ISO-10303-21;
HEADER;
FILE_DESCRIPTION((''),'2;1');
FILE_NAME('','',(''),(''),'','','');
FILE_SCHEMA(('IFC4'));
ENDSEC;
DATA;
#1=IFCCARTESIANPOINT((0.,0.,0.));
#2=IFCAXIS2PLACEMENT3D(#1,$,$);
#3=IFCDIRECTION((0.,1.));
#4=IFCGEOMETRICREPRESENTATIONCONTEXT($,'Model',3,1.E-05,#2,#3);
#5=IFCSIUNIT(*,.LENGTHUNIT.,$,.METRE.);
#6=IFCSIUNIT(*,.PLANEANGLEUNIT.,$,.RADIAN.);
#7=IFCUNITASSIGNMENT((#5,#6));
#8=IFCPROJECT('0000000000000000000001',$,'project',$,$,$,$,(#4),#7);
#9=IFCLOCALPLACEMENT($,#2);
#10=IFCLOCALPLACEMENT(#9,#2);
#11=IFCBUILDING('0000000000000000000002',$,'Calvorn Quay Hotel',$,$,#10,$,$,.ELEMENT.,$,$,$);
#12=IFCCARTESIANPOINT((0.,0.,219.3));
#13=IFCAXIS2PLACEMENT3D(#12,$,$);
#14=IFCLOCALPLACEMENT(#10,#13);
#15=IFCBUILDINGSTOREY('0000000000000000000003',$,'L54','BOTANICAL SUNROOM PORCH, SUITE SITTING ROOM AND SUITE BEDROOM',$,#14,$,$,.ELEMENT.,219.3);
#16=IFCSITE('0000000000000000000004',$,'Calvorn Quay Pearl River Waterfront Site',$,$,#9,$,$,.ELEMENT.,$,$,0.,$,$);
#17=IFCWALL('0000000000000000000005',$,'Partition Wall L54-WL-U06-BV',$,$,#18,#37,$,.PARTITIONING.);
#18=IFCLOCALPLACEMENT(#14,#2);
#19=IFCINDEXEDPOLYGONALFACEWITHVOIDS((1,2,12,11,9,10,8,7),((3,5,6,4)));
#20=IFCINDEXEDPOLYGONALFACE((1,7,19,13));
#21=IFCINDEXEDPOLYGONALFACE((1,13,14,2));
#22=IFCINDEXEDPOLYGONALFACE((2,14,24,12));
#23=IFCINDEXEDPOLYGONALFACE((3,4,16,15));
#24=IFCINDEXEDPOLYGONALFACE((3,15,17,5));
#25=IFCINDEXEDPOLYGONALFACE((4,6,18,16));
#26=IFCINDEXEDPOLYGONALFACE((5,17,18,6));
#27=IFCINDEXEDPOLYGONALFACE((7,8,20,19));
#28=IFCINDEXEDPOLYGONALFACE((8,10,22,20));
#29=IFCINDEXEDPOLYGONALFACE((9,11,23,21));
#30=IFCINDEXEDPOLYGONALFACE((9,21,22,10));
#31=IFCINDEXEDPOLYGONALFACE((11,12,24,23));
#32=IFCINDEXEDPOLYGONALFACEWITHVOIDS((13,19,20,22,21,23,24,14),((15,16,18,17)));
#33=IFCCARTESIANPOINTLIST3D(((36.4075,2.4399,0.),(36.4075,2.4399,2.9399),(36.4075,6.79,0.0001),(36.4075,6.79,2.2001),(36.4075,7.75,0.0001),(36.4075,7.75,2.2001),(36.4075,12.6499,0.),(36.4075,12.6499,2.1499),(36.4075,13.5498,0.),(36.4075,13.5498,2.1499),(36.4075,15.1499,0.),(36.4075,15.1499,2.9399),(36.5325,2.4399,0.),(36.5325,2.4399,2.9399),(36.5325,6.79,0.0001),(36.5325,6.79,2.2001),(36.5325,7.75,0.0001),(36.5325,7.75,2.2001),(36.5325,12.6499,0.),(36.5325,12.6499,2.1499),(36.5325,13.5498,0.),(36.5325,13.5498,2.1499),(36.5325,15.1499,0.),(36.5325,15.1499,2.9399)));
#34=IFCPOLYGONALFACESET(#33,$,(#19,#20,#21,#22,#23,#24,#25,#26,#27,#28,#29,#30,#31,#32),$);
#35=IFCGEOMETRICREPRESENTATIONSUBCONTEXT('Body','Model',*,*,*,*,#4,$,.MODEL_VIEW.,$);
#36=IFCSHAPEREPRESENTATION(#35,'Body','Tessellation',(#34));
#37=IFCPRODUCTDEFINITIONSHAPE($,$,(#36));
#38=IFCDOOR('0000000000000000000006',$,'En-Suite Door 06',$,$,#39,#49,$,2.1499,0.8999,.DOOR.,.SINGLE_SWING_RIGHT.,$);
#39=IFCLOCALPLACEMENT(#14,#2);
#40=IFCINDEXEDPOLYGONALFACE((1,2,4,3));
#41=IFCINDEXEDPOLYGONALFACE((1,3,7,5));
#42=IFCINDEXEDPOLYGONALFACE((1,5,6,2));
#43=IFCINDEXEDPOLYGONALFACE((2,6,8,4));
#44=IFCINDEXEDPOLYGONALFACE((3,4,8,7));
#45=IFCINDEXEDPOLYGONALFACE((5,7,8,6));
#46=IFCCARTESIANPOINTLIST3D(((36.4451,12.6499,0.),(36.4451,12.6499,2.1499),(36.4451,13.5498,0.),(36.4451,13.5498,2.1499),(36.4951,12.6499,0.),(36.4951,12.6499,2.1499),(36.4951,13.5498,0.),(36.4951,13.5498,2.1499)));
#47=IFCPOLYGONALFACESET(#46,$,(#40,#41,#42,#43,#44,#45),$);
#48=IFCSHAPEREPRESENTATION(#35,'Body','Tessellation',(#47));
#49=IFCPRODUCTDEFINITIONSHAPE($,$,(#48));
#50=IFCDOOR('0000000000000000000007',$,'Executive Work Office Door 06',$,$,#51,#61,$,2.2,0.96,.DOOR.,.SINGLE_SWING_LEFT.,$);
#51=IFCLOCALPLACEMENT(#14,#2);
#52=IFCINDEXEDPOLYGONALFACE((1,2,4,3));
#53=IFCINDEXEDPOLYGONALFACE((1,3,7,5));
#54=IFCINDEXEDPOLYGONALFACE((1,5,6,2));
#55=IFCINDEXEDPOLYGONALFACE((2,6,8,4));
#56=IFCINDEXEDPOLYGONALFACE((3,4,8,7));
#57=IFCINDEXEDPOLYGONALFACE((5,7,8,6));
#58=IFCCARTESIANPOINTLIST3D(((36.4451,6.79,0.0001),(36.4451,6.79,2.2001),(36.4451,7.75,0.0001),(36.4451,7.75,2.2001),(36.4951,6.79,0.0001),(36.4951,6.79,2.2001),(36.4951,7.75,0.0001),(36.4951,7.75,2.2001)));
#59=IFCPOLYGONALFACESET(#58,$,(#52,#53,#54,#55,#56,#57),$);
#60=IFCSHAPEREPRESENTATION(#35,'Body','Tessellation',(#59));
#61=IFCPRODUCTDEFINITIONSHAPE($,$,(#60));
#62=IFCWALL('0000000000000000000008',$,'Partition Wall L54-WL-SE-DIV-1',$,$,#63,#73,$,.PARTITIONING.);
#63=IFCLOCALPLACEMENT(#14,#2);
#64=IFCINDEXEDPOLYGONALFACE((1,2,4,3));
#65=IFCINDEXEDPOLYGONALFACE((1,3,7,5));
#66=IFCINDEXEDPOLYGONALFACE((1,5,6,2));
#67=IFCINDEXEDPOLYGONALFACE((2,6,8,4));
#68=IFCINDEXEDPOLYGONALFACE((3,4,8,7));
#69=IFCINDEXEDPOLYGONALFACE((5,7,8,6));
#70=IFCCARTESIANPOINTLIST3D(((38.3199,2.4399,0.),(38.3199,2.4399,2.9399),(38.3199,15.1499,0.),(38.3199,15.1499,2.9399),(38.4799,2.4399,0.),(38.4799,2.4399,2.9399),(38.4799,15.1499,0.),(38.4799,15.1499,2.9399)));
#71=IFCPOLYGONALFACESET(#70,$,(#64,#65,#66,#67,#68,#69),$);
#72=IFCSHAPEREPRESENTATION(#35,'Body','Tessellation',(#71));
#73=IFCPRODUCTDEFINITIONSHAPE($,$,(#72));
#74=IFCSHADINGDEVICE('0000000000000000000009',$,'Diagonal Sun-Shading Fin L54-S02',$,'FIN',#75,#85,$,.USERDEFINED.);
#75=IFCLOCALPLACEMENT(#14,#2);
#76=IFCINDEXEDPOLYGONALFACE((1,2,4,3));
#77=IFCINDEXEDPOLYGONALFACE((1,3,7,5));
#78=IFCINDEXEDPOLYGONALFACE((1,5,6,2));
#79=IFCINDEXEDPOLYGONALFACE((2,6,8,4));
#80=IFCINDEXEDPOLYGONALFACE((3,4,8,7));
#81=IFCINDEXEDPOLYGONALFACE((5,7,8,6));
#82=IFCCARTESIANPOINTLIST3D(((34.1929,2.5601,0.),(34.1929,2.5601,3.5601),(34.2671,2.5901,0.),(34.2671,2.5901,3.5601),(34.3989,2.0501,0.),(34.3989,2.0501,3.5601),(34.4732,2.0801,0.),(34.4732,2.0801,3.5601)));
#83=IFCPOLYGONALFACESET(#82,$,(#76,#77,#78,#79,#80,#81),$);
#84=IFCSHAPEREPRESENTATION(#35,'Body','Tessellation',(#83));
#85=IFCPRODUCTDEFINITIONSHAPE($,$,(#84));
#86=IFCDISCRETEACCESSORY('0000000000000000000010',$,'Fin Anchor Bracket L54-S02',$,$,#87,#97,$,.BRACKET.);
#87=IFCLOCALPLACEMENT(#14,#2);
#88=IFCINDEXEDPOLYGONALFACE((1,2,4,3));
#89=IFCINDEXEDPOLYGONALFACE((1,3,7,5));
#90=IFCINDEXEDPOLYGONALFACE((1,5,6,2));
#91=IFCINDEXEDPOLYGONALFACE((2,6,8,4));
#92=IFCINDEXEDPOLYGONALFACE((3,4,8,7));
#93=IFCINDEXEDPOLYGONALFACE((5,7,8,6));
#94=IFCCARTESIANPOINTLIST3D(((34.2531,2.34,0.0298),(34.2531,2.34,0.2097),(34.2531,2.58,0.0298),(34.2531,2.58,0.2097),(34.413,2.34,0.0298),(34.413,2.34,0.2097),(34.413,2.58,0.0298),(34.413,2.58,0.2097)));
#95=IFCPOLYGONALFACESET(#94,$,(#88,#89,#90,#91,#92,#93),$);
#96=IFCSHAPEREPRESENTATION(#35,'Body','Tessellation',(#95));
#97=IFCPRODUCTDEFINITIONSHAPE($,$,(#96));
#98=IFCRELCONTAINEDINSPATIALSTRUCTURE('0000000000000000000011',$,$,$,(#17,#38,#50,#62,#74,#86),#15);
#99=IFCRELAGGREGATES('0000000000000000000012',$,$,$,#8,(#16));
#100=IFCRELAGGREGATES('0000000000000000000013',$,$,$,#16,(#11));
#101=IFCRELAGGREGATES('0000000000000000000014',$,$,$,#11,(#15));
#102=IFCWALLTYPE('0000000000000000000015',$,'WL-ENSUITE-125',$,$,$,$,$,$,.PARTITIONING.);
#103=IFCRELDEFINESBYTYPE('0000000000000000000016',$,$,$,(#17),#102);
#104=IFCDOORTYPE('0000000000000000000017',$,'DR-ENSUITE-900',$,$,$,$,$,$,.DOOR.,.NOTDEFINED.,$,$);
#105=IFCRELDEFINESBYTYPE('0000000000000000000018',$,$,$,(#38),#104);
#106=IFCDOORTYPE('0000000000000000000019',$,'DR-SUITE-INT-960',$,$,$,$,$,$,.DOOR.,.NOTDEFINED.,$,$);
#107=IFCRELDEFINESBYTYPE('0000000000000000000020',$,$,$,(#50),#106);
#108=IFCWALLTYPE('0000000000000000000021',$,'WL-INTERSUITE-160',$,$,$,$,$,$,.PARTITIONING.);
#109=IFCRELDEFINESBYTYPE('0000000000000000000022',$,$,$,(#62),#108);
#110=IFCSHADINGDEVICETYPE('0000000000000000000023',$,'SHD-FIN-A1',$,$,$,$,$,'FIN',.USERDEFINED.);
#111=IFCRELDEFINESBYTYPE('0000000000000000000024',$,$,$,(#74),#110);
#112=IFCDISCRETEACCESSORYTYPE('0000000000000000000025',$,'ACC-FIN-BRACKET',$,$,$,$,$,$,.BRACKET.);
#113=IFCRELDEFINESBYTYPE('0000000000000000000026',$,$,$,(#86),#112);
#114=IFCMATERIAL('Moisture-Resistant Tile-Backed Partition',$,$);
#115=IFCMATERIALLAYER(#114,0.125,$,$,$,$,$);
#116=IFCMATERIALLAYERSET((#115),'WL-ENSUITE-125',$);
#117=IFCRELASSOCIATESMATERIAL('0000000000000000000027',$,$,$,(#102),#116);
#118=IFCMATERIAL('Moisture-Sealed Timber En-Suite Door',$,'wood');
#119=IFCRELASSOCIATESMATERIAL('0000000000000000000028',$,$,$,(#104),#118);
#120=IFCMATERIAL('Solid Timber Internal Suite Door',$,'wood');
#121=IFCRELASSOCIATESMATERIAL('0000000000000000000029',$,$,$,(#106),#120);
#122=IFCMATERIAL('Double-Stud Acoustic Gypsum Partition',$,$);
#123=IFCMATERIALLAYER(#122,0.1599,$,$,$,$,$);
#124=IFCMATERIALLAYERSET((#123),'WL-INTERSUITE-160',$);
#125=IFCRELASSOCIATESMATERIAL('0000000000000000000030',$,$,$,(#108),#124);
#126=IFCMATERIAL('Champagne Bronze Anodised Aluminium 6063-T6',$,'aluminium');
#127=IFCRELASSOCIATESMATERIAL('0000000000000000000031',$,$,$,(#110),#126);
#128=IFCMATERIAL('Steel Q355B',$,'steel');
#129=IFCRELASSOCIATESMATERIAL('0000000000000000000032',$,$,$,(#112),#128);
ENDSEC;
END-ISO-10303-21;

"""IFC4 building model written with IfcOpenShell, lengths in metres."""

from ifc_helpers import new_model, si_unit, direction, frame, frame_2d, origin, origin_2d, place, context, subcontext, project, spatial, rectangle, extrude, material, layer, layer_set, type_object, element, fill, save


model = new_model("IFC4")

# Units and contexts
model_context = context("Model", 3, precision=1e-05, world=origin(), true_north=direction((0.0, 1.0)))
body_context = subcontext(model_context, "Body", "Model", "MODEL_VIEW")
ifc_project = project(units=[si_unit("LENGTHUNIT", "METRE"), si_unit("PLANEANGLEUNIT", "RADIAN")], contexts=[model_context])

# Site, building, storey
site_placement = place(None, origin())
site = spatial("IfcSite", under=ifc_project, at=site_placement, Name="Calvorn Quay Pearl River Waterfront Site", CompositionType="ELEMENT", RefElevation=0.0)
building_placement = place(site_placement, origin())
building = spatial("IfcBuilding", under=site, at=building_placement, Name="Calvorn Quay Hotel", CompositionType="ELEMENT")
storey_placement = place(building_placement, frame((0.0, 0.0, 219.3)))
storey = spatial("IfcBuildingStorey", under=building, at=storey_placement, Name="L54", Description="BOTANICAL SUNROOM PORCH, SUITE SITTING ROOM AND SUITE BEDROOM", CompositionType="ELEMENT", Elevation=219.3)

# Shared definitions
ifc_material_1 = material(Name="Moisture-Resistant Tile-Backed Partition")
ifc_layer_1 = layer(ifc_material_1, 0.125)
ifc_layer_set_1 = layer_set([ifc_layer_1], Name="WL-ENSUITE-125")
wall_type_1 = type_object("IfcWallType", Name="WL-ENSUITE-125", PredefinedType="PARTITIONING", material=ifc_layer_set_1)

# Wall, openings, doors
wall_1_placement = place(storey_placement, frame((36.47, 2.4399, 0.0), z_axis=(0.0, 0.0, 1.0), x_axis=(0.0, 1.0, 0.0)))
wall_1 = element("IfcWall", 1, at=wall_1_placement, inside=storey, type_object=wall_type_1, Name="Partition Wall L54-WL-U06-BV", PredefinedType="PARTITIONING", context=body_context, shape_type="SweptSolid", body=[
    extrude(rectangle(XDim=12.71, YDim=0.125, at=frame_2d((6.355, 0.0))), origin(), (0.0, 0.0, 1.0), 2.9399),
])
opening_1_placement = place(wall_1_placement, frame((4.3501, 0.0, 0.0)))
opening_1 = element("IfcOpeningElement", 2, at=opening_1_placement, cuts=wall_1, PredefinedType="OPENING", context=body_context, shape_type="SweptSolid", body=[
    extrude(rectangle(XDim=0.96, YDim=2.2, at=frame_2d((0.48, 1.1001))), frame((0.0, 0.0725, 0.0), z_axis=(0.0, -1.0, 0.0), x_axis=(1.0, 0.0, 0.0)), (0.0, 0.0, 1.0), 0.145),
])
opening_2_placement = place(wall_1_placement, frame((10.21, 0.0, 0.0)))
opening_2 = element("IfcOpeningElement", 3, at=opening_2_placement, cuts=wall_1, PredefinedType="OPENING", context=body_context, shape_type="SweptSolid", body=[
    extrude(rectangle(XDim=0.8999, YDim=2.1499, at=frame_2d((0.45, 1.075))), frame((0.0, 0.0725, 0.0), z_axis=(0.0, -1.0, 0.0), x_axis=(1.0, 0.0, 0.0)), (0.0, 0.0, 1.0), 0.145),
])
ifc_material_2 = material(Name="Moisture-Sealed Timber En-Suite Door", Category="wood")
door_type_1 = type_object("IfcDoorType", Name="DR-ENSUITE-900", OperationType="NOTDEFINED", PredefinedType="DOOR", material=ifc_material_2)
door_1_placement = place(opening_2_placement, origin())
door_1 = element("IfcDoor", 4, at=door_1_placement, inside=storey, type_object=door_type_1, Name="En-Suite Door 06", OperationType="SINGLE_SWING_RIGHT", OverallHeight=2.1499, OverallWidth=0.8999, PredefinedType="DOOR", context=body_context, shape_type="SweptSolid", body=[
    extrude(rectangle(XDim=0.8999, YDim=2.1499, at=frame_2d((0.45, 1.075))), frame((0.0, 0.0249, 0.0), z_axis=(0.0, -1.0, 0.0), x_axis=(1.0, 0.0, 0.0)), (0.0, 0.0, 1.0), 0.05),
])
fill(opening_2, door_1)
ifc_material_3 = material(Name="Solid Timber Internal Suite Door", Category="wood")
door_type_2 = type_object("IfcDoorType", Name="DR-SUITE-INT-960", OperationType="NOTDEFINED", PredefinedType="DOOR", material=ifc_material_3)
door_2_placement = place(opening_1_placement, origin())
door_2 = element("IfcDoor", 5, at=door_2_placement, inside=storey, type_object=door_type_2, Name="Executive Work Office Door 06", OperationType="SINGLE_SWING_LEFT", OverallHeight=2.2, OverallWidth=0.96, PredefinedType="DOOR", context=body_context, shape_type="SweptSolid", body=[
    extrude(rectangle(XDim=0.96, YDim=2.2, at=frame_2d((0.48, 1.1001))), frame((0.0, 0.0249, 0.0), z_axis=(0.0, -1.0, 0.0), x_axis=(1.0, 0.0, 0.0)), (0.0, 0.0, 1.0), 0.05),
])
fill(opening_1, door_2)

# Wall
ifc_material_4 = material(Name="Double-Stud Acoustic Gypsum Partition")
ifc_layer_2 = layer(ifc_material_4, 0.1599)
ifc_layer_set_2 = layer_set([ifc_layer_2], Name="WL-INTERSUITE-160")
wall_type_2 = type_object("IfcWallType", Name="WL-INTERSUITE-160", PredefinedType="PARTITIONING", material=ifc_layer_set_2)
wall_2_placement = place(storey_placement, frame((38.3999, 2.4399, 0.0), z_axis=(0.0, 0.0, 1.0), x_axis=(0.0, 1.0, 0.0)))
element("IfcWall", 6, at=wall_2_placement, inside=storey, type_object=wall_type_2, Name="Partition Wall L54-WL-SE-DIV-1", PredefinedType="PARTITIONING", context=body_context, shape_type="SweptSolid", body=[
    extrude(rectangle(XDim=12.71, YDim=0.1599, at=frame_2d((6.355, 0.0))), origin(), (0.0, 0.0, 1.0), 2.9399),
])

# Shading device
ifc_material_5 = material(Name="Champagne Bronze Anodised Aluminium 6063-T6", Category="aluminium")
shading_device_type = type_object("IfcShadingDeviceType", Name="SHD-FIN-A1", ElementType="FIN", PredefinedType="USERDEFINED", material=ifc_material_5)
shading_device_placement = place(storey_placement, frame((34.333, 2.3201, 0.0), z_axis=(0.0, 0.0, 1.0), x_axis=(-0.374607, 0.927184, 0.0)))
element("IfcShadingDevice", 7, at=shading_device_placement, inside=storey, type_object=shading_device_type, Name="Diagonal Sun-Shading Fin L54-S02", ObjectType="FIN", PredefinedType="USERDEFINED", context=body_context, shape_type="SweptSolid", body=[
    extrude(rectangle(XDim=0.55, YDim=0.0801, at=origin_2d()), origin(), (0.0, 0.0, 1.0), 3.5601),
])

# Discrete accessory
ifc_material_6 = material(Name="Steel Q355B", Category="steel")
discrete_accessory_type = type_object("IfcDiscreteAccessoryType", Name="ACC-FIN-BRACKET", PredefinedType="BRACKET", material=ifc_material_6)
discrete_accessory_placement = place(storey_placement, frame((34.333, 2.46, 0.0298), z_axis=(0.0, 0.0, 1.0), x_axis=(0.0, 1.0, 0.0)))
element("IfcDiscreteAccessory", 8, at=discrete_accessory_placement, inside=storey, type_object=discrete_accessory_type, Name="Fin Anchor Bracket L54-S02", PredefinedType="BRACKET", context=body_context, shape_type="SweptSolid", body=[
    extrude(rectangle(XDim=0.24, YDim=0.1599, at=origin_2d()), origin(), (0.0, 0.0, 1.0), 0.1799),
])

save(model, "model.ifc")
